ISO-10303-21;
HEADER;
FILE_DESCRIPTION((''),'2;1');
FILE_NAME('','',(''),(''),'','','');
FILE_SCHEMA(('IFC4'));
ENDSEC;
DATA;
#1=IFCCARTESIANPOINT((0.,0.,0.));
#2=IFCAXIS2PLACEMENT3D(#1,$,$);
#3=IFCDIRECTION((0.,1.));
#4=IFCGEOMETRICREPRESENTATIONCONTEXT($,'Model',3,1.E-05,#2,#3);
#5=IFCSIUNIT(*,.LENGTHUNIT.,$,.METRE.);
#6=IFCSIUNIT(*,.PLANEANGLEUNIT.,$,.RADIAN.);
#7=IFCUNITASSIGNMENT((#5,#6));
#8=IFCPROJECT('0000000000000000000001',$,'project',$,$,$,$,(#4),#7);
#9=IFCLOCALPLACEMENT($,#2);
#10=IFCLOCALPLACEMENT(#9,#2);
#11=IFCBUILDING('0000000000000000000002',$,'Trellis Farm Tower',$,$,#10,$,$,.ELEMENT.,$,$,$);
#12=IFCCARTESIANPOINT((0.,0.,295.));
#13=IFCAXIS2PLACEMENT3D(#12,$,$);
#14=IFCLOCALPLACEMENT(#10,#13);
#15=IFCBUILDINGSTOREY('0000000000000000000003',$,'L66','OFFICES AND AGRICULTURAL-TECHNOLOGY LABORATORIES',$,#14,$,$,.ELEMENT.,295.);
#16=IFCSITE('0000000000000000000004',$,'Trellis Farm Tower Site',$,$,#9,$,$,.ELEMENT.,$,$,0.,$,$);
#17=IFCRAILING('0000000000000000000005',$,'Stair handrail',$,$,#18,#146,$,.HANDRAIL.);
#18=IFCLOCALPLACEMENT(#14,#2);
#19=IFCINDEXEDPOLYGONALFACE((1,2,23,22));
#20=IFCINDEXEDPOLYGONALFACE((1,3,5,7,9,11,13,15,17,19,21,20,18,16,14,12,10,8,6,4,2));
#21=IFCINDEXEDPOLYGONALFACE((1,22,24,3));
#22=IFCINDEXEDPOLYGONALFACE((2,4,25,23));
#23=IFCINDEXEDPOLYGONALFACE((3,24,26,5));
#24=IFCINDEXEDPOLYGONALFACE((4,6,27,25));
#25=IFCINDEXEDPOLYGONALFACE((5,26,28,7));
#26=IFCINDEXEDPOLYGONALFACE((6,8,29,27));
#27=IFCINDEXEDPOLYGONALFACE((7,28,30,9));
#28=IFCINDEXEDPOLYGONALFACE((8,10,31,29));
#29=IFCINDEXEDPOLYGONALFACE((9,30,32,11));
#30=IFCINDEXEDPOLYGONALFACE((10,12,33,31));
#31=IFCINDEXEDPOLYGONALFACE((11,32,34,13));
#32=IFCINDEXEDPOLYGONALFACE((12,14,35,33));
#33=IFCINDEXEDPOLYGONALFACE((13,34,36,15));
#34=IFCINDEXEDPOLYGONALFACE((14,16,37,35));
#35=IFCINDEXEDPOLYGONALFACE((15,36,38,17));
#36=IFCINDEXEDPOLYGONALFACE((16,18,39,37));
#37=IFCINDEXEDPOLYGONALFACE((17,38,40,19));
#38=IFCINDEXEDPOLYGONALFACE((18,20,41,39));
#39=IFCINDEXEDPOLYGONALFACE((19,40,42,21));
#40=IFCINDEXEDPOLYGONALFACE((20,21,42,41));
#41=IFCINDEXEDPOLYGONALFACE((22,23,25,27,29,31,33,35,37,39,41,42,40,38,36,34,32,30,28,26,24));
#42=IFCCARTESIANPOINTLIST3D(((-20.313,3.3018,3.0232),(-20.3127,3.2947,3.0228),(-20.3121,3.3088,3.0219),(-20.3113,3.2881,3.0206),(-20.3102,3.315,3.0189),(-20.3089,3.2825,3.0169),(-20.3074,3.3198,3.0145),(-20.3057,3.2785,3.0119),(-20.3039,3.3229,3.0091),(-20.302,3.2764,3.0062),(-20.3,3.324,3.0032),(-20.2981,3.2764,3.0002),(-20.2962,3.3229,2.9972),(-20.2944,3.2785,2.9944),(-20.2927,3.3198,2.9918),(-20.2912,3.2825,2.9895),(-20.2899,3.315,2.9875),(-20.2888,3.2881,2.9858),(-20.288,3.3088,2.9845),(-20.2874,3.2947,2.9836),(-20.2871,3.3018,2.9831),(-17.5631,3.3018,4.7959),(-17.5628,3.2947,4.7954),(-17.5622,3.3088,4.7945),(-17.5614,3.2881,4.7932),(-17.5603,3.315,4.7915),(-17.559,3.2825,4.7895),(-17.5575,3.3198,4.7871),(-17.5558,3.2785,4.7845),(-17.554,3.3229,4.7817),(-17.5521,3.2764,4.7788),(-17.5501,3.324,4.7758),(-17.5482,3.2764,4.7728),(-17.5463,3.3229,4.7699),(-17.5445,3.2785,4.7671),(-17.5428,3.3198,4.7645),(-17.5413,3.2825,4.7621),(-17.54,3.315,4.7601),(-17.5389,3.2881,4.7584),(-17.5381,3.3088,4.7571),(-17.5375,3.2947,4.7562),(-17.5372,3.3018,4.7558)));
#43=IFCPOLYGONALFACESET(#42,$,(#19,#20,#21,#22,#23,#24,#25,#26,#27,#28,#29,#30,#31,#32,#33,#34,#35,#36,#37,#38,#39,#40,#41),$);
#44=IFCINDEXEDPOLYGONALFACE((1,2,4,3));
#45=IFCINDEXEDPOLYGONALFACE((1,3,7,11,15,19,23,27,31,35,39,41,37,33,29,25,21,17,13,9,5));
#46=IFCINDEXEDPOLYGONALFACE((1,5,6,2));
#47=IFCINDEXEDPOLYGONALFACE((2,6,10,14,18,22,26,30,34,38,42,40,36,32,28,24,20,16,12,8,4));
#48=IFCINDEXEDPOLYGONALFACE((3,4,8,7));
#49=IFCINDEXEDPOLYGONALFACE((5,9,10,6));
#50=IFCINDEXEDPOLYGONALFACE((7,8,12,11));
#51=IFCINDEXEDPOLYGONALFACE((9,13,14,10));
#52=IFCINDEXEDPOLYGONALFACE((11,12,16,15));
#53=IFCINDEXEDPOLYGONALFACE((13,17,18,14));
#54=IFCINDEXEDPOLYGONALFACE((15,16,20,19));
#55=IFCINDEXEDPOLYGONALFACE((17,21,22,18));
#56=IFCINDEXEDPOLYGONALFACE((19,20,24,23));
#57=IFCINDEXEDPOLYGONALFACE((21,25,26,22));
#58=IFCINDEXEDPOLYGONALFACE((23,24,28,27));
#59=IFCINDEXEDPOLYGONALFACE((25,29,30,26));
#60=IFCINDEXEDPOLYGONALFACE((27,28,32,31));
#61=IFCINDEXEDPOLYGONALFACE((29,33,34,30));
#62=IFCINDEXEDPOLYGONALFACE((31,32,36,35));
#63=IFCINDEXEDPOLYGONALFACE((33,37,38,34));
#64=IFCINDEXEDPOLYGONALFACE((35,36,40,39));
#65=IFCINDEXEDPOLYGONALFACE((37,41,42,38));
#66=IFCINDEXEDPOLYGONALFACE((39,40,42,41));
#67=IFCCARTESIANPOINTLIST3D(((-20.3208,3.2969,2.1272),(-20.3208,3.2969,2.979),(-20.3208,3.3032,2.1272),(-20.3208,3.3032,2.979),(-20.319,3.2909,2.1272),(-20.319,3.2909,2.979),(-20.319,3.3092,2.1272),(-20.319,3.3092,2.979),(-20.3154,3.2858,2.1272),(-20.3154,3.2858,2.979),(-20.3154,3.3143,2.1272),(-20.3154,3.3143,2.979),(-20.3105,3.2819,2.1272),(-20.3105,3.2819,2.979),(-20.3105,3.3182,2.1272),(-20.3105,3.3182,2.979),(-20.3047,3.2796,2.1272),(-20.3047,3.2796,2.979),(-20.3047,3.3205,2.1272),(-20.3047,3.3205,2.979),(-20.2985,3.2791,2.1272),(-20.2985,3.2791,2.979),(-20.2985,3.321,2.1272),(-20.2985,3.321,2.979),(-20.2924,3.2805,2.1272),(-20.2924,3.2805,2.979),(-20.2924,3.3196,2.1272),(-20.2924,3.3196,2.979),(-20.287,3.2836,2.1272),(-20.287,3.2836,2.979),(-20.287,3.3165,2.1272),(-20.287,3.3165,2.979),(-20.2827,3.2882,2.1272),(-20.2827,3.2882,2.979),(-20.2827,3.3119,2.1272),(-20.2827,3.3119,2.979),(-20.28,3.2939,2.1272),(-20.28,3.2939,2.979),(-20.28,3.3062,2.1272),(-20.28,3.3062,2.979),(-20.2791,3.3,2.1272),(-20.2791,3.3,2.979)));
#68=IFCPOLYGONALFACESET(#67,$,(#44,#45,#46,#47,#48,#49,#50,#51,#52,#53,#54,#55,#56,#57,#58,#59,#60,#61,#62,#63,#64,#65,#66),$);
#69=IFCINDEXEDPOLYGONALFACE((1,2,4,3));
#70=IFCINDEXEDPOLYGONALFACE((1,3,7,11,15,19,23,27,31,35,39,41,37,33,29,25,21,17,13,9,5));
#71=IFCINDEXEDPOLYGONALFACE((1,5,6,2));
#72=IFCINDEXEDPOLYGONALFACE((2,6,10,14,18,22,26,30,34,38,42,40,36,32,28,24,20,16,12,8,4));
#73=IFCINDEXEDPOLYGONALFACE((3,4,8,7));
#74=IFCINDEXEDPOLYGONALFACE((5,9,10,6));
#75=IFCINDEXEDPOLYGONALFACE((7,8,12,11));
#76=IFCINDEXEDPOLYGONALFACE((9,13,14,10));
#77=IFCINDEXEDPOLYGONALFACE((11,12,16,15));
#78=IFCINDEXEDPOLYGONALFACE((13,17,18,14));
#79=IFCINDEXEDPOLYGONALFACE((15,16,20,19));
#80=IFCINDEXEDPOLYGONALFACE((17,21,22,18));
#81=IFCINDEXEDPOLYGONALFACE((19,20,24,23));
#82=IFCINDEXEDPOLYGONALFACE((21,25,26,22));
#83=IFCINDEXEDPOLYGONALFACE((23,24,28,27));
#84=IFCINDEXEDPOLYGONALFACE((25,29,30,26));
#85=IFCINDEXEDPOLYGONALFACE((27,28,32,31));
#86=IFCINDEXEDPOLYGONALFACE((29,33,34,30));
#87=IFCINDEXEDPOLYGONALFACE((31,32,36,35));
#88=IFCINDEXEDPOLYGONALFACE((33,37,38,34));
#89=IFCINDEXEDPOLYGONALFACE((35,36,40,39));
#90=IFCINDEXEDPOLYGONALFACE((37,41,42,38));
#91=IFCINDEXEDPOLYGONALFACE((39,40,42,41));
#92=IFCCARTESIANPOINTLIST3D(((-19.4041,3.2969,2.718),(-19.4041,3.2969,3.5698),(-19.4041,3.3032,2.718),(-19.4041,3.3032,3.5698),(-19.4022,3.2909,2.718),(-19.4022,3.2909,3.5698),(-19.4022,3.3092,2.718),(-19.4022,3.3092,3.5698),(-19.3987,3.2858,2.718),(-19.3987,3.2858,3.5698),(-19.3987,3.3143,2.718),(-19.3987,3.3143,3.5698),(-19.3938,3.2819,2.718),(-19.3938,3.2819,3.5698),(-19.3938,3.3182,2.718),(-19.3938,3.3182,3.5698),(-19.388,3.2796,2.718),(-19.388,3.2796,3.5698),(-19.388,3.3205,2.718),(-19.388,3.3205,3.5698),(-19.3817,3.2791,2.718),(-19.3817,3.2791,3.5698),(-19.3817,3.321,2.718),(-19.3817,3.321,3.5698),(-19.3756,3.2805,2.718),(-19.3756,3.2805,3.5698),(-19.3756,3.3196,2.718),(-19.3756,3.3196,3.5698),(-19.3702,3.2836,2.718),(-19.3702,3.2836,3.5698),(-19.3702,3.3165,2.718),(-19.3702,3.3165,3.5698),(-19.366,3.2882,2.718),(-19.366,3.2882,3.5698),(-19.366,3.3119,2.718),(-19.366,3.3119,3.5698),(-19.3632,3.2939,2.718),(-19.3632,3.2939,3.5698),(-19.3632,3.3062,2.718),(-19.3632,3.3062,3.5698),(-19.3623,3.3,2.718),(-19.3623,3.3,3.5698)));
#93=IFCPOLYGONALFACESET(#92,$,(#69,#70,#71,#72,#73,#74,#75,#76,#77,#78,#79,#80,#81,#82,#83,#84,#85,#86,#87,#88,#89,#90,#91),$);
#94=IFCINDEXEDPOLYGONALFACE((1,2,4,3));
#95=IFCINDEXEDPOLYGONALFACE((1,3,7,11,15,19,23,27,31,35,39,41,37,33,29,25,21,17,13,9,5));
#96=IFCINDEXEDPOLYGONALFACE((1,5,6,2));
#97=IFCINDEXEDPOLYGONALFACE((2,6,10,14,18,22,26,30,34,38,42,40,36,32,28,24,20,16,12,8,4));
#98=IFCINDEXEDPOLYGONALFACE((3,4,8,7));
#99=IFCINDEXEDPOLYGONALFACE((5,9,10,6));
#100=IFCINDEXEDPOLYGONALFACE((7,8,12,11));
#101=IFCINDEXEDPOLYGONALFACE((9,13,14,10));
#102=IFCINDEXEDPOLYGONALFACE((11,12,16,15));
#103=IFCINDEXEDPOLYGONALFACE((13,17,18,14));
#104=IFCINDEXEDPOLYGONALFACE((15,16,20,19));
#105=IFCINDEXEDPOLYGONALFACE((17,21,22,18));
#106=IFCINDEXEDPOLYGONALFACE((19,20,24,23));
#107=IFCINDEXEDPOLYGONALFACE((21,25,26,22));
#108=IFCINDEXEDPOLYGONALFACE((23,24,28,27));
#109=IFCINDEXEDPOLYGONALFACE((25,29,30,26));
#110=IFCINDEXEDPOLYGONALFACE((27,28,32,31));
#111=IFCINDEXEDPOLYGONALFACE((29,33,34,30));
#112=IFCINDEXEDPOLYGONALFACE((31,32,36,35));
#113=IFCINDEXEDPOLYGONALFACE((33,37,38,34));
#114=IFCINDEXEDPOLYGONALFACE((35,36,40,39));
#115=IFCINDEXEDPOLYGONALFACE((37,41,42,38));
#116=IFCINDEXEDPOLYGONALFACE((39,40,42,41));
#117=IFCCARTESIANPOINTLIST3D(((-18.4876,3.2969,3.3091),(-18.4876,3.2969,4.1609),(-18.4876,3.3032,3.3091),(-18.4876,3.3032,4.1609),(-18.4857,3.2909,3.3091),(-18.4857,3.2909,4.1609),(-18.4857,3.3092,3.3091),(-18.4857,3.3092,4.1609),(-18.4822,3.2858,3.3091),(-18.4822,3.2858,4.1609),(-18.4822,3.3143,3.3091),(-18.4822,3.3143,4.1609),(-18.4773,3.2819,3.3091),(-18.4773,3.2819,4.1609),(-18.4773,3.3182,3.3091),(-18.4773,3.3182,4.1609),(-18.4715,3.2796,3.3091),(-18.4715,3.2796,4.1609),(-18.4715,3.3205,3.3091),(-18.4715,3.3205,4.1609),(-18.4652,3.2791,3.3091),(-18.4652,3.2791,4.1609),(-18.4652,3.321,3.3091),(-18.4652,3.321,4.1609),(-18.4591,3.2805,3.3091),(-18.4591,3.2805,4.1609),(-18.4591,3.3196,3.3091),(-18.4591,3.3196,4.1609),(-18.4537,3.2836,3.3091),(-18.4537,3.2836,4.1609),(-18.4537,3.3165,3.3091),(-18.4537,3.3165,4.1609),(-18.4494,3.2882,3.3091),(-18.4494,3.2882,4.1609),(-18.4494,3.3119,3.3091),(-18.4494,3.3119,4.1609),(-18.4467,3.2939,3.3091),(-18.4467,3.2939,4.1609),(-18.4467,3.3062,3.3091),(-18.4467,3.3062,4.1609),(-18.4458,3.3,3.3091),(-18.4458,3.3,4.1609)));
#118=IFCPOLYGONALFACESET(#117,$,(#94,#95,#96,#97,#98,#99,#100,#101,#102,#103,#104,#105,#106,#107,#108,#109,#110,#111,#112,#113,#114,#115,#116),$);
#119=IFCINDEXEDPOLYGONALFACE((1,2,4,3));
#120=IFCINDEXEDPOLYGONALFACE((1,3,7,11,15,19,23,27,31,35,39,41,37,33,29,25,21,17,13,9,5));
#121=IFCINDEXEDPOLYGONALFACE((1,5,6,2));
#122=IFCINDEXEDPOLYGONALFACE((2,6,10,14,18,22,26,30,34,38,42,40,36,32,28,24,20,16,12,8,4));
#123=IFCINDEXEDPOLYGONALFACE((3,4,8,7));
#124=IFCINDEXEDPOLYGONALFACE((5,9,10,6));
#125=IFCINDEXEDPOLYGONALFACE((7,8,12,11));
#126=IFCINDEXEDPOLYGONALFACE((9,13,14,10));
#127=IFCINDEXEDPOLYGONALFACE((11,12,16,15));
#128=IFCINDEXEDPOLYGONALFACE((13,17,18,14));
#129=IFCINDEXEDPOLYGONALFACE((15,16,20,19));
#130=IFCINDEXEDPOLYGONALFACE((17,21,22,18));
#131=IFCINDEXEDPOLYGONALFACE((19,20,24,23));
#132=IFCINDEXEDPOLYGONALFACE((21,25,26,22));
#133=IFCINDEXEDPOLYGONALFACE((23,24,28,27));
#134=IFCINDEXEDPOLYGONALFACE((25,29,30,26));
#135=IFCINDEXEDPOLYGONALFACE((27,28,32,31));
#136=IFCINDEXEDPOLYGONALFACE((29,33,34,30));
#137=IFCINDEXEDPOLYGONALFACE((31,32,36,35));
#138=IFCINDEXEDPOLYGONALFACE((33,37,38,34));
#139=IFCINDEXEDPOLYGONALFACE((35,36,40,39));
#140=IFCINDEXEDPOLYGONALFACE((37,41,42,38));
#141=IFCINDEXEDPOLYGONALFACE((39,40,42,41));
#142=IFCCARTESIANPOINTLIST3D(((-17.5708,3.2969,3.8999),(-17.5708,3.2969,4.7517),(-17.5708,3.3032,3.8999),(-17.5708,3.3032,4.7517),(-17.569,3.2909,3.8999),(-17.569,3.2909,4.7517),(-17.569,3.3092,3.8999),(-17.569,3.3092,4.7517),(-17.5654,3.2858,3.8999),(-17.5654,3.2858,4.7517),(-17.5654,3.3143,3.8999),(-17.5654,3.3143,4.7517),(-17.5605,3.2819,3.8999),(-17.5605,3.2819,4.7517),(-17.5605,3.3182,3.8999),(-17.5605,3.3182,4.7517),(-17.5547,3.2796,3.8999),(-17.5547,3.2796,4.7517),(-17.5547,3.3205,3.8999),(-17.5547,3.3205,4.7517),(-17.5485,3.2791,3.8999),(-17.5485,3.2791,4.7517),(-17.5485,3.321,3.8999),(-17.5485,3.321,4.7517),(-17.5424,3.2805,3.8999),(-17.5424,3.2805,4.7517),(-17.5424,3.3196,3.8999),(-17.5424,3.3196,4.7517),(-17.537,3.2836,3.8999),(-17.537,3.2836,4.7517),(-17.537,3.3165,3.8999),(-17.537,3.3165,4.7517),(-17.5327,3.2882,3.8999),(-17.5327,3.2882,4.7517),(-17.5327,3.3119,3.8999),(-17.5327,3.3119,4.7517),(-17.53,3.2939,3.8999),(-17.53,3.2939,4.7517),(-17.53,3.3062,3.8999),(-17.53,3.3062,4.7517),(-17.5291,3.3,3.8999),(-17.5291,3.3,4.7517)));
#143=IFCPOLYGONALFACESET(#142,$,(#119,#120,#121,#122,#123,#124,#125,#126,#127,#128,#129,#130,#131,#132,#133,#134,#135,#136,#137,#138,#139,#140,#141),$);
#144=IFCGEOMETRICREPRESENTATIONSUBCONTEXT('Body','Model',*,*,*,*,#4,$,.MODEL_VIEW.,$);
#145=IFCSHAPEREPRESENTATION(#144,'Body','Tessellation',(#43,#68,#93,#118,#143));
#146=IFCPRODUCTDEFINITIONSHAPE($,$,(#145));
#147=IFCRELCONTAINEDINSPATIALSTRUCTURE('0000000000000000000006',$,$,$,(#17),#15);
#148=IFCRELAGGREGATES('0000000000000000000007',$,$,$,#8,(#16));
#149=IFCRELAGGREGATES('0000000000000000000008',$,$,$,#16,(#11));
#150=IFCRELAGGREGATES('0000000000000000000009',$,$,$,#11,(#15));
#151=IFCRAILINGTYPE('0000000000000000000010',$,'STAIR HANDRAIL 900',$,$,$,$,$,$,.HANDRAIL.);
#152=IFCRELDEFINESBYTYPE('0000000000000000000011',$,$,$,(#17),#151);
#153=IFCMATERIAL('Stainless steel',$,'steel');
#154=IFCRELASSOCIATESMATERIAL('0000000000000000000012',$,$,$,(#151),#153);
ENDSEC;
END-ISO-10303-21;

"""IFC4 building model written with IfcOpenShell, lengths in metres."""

from ifc_helpers import new_model, si_unit, direction, frame, origin, origin_2d, place, context, subcontext, project, spatial, circle, extrude, source, transform, mapped, material, type_object, element, save


model = new_model("IFC4")

# Units and contexts
model_context = context("Model", 3, precision=1e-05, world=origin(), true_north=direction((0.0, 1.0)))
body_context = subcontext(model_context, "Body", "Model", "MODEL_VIEW")
ifc_project = project(units=[si_unit("LENGTHUNIT", "METRE"), si_unit("PLANEANGLEUNIT", "RADIAN")], contexts=[model_context])

# Site, building, storey
site_placement = place(None, origin())
site = spatial("IfcSite", under=ifc_project, at=site_placement, Name="Trellis Farm Tower Site", CompositionType="ELEMENT", RefElevation=0.0)
building_placement = place(site_placement, origin())
building = spatial("IfcBuilding", under=site, at=building_placement, Name="Trellis Farm Tower", CompositionType="ELEMENT")
storey_placement = place(building_placement, frame((0.0, 0.0, 295.0)))
storey = spatial("IfcBuildingStorey", under=building, at=storey_placement, Name="L66", Description="OFFICES AND AGRICULTURAL-TECHNOLOGY LABORATORIES", CompositionType="ELEMENT", Elevation=295.0)

# Railing
ifc_material_1 = material(Name="Stainless steel", Category="steel")
railing_type = type_object("IfcRailingType", Name="STAIR HANDRAIL 900", PredefinedType="HANDRAIL", material=ifc_material_1)
shared_shape_1 = source(origin(), body_context, "Body", "SweptSolid", [
    extrude(circle(Radius=0.0239, at=origin_2d()), frame((0.0, 0.0, 0.876), z_axis=(0.840504, 0.0, 0.541806), x_axis=(0.0, 1.0, 0.0)), (0.0, 0.0, 1.0), 3.2717),
    extrude(circle(Radius=0.021, at=origin_2d()), origin(), (0.0, 0.0, 1.0), 0.8518),
    extrude(circle(Radius=0.021, at=origin_2d()), frame((0.9167, 0.0, 0.5908)), (0.0, 0.0, 1.0), 0.8518),
    extrude(circle(Radius=0.021, at=origin_2d()), frame((1.8333, 0.0, 1.1819)), (0.0, 0.0, 1.0), 0.8518),
    extrude(circle(Radius=0.021, at=origin_2d()), frame((2.75, 0.0, 1.7727)), (0.0, 0.0, 1.0), 0.8518),
])
for number, where, name in (
    (1, (-20.3, 3.3, 2.1272), "Stair handrail"),
):
    element("IfcRailing", number, at=place(storey_placement, frame(where)), inside=storey, type_object=railing_type, Name=name, PredefinedType="HANDRAIL", context=body_context, shape_type="MappedRepresentation", body=[
        mapped(shared_shape_1, transform((0.0, 0.0, 0.0))),
    ])

save(model, "model.ifc")
